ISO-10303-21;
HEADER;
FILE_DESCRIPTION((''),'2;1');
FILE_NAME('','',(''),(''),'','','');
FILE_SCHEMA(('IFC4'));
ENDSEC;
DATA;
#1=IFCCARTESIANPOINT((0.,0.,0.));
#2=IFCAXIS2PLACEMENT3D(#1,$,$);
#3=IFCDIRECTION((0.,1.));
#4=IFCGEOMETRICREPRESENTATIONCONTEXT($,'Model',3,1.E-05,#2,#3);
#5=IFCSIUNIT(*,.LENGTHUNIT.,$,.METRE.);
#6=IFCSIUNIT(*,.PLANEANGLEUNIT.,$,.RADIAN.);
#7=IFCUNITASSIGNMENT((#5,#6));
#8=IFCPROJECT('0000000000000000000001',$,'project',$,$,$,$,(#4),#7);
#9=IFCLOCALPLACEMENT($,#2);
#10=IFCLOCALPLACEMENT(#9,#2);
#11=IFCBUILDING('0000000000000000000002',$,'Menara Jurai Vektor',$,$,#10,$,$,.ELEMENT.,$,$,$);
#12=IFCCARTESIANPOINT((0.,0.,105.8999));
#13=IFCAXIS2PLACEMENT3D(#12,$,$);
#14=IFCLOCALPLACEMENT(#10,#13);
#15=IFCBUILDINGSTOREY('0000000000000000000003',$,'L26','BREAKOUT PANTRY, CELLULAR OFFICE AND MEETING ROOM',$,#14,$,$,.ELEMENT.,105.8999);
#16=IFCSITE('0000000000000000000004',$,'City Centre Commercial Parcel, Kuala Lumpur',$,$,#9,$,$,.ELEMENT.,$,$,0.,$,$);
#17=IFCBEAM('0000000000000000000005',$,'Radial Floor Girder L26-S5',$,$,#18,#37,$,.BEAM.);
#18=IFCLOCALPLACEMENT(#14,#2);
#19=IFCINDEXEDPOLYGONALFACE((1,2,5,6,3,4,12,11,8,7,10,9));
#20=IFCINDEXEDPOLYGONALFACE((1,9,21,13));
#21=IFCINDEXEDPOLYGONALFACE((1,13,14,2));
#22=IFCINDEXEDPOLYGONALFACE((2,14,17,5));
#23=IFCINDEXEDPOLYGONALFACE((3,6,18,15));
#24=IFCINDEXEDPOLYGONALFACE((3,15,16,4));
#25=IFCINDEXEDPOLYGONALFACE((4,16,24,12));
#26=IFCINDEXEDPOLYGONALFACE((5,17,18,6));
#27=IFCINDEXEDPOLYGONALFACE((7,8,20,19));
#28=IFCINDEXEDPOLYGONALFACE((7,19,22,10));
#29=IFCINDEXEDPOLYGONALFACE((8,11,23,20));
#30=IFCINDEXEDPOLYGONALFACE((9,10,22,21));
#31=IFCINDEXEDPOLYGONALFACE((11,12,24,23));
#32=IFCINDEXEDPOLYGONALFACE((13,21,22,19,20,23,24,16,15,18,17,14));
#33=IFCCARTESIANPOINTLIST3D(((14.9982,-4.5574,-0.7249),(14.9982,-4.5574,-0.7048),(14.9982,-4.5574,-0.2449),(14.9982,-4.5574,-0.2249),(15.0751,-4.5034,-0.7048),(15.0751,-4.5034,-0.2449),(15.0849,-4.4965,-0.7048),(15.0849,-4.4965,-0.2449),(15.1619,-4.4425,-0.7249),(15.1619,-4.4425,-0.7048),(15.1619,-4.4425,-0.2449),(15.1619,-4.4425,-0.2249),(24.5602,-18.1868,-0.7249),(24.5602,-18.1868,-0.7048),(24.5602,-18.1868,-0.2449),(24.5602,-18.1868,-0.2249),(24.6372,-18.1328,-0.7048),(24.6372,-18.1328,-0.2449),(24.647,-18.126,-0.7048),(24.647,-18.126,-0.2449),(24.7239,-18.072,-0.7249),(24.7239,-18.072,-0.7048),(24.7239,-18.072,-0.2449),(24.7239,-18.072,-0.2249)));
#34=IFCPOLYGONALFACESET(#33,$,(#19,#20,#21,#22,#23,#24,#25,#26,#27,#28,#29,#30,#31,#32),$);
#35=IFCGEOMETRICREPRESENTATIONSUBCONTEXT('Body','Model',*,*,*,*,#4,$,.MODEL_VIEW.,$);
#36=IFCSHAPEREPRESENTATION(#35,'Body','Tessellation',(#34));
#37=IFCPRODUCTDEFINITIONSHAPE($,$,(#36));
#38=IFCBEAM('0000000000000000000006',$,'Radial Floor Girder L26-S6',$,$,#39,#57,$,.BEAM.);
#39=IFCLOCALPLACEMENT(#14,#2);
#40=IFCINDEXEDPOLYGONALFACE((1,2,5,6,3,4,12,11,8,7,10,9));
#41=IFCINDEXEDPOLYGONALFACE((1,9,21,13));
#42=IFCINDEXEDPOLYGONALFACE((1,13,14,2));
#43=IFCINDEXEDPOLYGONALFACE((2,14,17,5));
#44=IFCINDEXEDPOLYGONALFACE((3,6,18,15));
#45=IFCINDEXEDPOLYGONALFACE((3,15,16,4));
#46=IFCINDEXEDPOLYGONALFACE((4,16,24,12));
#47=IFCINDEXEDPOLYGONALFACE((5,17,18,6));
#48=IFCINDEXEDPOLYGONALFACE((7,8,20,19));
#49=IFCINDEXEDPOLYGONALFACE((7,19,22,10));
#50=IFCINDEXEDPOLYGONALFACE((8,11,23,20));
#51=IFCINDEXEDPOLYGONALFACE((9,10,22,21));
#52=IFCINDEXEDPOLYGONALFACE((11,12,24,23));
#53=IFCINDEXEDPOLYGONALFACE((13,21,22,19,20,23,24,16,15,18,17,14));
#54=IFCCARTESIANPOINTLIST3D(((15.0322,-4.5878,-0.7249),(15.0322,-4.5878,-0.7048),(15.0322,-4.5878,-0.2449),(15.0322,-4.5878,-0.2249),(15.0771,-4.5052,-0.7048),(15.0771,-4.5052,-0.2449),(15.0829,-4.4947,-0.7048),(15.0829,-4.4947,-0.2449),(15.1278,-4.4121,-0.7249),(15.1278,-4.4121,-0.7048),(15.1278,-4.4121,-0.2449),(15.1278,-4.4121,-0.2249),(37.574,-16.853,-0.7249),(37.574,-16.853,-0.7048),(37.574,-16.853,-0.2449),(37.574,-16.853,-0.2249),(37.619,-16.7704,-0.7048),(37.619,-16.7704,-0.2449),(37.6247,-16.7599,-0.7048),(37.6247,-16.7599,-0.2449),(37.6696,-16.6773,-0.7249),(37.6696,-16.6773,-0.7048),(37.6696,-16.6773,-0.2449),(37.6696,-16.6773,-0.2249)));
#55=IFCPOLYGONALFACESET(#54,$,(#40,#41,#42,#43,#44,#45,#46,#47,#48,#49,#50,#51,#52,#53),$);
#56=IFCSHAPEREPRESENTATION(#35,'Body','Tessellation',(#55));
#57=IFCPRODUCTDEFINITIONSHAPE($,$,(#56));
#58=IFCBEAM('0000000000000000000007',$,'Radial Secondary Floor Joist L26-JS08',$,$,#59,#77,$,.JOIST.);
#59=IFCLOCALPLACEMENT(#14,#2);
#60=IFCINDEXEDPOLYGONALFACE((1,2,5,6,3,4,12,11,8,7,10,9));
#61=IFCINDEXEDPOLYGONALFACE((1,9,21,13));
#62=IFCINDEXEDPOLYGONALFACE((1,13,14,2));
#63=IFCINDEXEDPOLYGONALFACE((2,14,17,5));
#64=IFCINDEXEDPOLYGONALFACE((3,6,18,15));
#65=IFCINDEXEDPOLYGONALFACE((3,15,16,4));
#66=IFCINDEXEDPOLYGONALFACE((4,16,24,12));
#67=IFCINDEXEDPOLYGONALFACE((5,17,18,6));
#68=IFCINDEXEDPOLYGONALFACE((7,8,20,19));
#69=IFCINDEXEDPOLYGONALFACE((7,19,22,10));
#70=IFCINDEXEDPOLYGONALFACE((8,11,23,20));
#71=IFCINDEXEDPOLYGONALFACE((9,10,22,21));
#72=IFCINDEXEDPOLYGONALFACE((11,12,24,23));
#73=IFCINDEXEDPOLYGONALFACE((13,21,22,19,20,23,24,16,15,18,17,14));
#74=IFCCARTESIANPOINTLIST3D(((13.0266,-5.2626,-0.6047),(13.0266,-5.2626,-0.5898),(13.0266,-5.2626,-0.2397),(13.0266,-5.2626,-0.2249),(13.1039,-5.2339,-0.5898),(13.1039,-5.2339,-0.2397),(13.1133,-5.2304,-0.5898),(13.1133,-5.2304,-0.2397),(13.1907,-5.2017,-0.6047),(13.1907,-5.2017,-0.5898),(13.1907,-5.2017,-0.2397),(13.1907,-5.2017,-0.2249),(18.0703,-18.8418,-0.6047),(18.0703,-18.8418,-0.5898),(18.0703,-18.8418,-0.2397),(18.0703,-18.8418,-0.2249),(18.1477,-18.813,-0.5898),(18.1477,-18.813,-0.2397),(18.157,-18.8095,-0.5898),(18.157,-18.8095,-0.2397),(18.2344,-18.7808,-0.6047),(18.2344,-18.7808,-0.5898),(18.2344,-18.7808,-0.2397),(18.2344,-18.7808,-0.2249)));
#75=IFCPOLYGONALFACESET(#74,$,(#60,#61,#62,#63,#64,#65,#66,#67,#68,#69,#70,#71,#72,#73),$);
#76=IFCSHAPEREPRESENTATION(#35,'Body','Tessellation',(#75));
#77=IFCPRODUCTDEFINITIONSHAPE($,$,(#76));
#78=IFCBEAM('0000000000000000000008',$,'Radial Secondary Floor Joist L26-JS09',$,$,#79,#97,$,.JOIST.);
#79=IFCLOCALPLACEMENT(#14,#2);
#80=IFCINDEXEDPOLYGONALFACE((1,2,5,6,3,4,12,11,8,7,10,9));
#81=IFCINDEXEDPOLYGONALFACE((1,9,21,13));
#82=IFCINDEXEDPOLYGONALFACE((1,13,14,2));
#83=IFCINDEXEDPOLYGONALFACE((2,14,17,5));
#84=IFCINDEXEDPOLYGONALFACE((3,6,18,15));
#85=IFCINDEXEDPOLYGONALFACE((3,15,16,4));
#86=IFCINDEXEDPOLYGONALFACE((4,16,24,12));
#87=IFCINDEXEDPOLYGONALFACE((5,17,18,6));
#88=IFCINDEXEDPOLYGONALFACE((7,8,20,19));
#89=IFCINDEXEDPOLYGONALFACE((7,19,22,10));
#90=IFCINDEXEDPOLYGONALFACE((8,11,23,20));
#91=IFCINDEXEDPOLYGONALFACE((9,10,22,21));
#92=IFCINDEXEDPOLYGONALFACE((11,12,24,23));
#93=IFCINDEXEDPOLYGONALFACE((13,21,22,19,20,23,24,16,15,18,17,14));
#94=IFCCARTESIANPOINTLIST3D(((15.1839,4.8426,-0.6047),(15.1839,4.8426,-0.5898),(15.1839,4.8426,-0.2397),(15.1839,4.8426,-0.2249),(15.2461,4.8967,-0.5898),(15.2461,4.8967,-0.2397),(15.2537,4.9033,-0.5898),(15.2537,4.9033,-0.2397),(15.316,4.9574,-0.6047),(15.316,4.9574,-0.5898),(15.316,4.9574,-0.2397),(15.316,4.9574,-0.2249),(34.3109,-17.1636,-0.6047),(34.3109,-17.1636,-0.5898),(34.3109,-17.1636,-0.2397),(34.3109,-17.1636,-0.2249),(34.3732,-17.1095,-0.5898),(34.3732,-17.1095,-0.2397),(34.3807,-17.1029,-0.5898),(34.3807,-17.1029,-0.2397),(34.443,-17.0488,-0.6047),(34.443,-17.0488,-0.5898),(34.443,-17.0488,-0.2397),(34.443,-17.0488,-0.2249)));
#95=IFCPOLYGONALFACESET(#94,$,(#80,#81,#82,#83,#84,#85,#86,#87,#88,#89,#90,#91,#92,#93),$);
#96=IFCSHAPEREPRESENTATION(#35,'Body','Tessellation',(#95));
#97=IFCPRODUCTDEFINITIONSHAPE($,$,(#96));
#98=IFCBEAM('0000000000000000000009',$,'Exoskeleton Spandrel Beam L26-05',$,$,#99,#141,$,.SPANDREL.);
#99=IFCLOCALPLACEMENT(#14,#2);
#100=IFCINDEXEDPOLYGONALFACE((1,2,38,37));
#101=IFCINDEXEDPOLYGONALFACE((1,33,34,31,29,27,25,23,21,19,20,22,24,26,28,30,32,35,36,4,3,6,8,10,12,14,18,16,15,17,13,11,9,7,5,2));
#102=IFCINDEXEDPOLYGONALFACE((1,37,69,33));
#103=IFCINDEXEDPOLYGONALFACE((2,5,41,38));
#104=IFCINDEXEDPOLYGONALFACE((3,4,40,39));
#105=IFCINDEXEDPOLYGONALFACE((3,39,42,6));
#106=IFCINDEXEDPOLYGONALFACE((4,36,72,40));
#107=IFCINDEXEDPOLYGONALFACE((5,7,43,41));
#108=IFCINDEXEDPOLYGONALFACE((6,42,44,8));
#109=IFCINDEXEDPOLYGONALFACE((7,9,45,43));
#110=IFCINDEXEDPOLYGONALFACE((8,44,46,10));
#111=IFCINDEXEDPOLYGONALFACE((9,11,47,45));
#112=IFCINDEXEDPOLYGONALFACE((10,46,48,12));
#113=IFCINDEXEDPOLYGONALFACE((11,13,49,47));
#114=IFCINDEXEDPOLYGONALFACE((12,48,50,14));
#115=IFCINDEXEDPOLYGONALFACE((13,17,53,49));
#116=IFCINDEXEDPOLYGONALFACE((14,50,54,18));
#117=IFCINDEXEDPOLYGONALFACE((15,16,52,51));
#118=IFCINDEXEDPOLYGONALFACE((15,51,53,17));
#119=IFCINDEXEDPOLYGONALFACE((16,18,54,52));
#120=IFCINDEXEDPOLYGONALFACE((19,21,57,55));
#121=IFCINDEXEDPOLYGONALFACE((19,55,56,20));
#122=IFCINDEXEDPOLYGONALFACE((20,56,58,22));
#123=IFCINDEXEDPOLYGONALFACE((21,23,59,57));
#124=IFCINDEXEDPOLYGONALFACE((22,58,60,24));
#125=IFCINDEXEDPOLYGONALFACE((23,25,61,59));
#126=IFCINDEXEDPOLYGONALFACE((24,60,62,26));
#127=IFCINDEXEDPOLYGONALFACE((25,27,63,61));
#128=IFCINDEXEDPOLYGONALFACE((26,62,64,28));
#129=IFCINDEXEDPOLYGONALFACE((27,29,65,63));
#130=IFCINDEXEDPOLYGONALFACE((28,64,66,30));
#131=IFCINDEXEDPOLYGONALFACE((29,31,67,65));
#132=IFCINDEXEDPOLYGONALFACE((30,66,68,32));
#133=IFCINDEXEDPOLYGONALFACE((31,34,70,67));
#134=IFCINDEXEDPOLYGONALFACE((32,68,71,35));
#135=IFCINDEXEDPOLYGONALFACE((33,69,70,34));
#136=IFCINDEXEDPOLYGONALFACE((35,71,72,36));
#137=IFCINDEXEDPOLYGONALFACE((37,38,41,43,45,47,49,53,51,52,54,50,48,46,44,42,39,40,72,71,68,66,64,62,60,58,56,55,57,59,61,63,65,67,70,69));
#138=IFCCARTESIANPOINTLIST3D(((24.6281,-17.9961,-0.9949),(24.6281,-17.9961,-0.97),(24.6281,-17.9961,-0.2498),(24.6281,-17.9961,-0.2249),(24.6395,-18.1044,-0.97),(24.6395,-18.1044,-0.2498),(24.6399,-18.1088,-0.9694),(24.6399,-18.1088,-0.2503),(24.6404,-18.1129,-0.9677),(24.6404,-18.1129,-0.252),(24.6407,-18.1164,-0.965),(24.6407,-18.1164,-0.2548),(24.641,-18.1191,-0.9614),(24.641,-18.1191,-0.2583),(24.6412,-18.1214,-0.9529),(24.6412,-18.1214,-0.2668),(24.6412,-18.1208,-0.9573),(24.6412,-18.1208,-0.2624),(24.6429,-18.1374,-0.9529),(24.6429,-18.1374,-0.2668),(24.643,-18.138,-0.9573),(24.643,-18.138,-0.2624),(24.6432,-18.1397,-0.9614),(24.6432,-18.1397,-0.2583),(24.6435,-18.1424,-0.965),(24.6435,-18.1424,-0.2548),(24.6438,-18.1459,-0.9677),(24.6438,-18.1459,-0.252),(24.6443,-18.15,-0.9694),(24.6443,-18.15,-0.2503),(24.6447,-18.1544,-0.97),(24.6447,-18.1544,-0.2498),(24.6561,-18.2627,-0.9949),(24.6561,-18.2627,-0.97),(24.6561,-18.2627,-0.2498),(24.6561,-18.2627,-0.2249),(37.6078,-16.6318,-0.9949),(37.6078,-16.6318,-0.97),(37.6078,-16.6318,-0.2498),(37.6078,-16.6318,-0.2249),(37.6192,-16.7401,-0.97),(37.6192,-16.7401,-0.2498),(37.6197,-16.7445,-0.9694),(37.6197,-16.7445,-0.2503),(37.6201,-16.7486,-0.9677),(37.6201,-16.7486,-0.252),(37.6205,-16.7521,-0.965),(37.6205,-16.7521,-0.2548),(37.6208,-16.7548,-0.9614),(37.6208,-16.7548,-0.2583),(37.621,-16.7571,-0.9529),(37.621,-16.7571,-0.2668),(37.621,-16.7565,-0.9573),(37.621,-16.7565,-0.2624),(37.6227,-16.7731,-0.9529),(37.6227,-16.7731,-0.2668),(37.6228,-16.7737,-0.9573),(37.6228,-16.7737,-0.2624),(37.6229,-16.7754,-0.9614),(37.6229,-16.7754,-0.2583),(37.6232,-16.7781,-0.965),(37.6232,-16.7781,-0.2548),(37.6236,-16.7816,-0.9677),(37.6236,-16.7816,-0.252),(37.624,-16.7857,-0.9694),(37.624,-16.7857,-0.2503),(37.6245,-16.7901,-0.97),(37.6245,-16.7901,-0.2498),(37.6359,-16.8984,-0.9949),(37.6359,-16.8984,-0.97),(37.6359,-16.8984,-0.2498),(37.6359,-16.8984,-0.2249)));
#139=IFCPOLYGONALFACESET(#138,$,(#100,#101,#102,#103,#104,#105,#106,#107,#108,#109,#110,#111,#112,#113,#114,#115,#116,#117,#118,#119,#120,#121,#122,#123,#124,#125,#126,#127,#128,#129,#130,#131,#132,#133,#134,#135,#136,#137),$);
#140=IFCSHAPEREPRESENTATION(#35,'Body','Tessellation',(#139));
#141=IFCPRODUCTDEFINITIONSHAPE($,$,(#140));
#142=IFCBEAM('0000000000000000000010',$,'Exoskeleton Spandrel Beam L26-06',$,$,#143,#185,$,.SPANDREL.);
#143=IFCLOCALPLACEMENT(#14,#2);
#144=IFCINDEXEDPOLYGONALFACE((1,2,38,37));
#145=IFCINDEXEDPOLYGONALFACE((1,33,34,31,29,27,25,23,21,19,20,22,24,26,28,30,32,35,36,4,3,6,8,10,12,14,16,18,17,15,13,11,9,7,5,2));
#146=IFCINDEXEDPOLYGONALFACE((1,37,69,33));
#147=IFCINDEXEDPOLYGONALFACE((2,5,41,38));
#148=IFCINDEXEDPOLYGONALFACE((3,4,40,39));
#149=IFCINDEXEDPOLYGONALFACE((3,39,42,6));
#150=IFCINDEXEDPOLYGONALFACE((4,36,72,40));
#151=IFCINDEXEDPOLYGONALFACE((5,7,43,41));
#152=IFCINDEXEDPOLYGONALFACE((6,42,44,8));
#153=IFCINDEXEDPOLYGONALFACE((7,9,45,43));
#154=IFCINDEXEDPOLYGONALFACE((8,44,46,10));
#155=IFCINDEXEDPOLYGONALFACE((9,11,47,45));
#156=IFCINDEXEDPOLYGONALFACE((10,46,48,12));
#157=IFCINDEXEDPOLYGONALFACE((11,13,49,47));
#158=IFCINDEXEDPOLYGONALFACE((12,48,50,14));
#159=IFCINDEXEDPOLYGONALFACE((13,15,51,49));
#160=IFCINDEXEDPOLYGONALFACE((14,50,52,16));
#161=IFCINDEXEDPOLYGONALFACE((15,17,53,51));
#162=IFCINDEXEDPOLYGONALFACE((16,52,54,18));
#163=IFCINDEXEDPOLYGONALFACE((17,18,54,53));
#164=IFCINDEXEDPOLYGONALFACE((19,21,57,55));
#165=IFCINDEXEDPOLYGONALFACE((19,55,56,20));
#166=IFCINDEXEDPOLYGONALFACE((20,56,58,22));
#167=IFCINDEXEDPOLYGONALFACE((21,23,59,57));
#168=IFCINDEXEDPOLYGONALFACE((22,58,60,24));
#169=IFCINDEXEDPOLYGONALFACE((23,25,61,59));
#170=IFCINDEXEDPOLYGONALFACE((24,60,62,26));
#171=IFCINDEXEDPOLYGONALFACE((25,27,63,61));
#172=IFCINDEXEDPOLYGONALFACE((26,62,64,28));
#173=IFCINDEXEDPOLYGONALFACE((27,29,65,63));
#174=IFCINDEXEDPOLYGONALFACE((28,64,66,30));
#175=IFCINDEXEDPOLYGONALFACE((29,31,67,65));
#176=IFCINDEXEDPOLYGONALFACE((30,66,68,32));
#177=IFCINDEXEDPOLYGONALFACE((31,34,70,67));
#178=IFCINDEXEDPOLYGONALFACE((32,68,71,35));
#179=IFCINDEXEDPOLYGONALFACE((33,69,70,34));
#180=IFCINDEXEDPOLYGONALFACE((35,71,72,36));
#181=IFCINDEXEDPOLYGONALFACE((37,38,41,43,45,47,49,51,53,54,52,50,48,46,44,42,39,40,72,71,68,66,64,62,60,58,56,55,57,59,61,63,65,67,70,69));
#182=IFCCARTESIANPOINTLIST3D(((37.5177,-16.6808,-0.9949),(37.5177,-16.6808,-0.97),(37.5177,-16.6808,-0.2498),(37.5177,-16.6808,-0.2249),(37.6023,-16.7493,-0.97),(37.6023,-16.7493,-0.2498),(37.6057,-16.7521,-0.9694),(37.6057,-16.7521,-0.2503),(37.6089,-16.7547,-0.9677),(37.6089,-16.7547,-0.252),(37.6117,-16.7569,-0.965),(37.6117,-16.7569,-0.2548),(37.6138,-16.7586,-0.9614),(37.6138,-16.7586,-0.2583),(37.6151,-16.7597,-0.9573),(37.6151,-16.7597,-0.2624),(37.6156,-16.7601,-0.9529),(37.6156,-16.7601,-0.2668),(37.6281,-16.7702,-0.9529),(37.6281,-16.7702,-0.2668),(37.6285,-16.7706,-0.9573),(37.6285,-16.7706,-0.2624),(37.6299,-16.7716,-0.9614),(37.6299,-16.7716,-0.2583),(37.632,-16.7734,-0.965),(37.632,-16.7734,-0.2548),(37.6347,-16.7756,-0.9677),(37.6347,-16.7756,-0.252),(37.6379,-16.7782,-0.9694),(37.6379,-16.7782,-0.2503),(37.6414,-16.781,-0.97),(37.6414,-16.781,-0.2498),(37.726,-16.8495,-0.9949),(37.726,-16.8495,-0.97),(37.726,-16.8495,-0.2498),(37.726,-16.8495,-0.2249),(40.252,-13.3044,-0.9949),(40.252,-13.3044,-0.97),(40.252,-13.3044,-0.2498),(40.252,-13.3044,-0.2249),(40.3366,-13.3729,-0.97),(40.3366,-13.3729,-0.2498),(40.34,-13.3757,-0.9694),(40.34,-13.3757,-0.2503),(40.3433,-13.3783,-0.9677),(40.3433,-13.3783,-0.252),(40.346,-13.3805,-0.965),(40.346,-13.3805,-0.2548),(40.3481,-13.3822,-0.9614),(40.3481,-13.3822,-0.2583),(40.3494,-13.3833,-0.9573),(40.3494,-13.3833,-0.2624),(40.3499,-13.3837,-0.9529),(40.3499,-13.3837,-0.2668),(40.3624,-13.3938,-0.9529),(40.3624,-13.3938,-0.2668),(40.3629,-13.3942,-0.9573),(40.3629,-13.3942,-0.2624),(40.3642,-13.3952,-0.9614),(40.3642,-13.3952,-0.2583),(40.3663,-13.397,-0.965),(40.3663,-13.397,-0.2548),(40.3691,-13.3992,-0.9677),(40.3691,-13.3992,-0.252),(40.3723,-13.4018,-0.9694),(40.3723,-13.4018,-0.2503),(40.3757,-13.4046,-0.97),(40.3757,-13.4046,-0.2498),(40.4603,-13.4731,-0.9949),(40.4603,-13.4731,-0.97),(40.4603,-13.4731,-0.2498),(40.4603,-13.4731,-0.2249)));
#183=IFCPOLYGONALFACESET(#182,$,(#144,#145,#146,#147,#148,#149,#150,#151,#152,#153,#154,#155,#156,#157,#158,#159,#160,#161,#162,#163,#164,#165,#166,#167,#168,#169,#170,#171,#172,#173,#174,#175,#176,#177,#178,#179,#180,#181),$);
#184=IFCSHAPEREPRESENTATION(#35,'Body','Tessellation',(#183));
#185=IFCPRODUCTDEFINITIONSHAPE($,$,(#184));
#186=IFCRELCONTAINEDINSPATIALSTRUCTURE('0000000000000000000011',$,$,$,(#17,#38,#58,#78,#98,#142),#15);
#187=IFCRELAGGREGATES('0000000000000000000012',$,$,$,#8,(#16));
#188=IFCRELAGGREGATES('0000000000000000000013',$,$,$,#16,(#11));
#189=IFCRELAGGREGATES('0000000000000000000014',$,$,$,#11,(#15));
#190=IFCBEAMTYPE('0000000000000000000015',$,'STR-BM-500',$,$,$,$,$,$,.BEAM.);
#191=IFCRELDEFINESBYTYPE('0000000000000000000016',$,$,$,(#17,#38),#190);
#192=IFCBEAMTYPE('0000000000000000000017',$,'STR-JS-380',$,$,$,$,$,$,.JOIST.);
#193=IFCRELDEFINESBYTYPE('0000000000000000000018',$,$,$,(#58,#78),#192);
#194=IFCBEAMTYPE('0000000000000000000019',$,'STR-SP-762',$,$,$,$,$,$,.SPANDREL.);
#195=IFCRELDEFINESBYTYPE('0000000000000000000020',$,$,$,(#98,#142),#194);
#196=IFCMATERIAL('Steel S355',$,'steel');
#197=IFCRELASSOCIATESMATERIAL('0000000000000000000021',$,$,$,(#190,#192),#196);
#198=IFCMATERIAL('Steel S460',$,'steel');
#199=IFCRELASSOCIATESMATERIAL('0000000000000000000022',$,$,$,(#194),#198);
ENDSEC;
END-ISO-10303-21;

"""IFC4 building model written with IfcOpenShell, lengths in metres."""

from ifc_helpers import new_model, si_unit, direction, frame, origin, origin_2d, place, context, subcontext, project, spatial, i_section, extrude, material, material_profile, profile_set, type_object, element, save


model = new_model("IFC4")

# Units and contexts
model_context = context("Model", 3, precision=1e-05, world=origin(), true_north=direction((0.0, 1.0)))
body_context = subcontext(model_context, "Body", "Model", "MODEL_VIEW")
ifc_project = project(units=[si_unit("LENGTHUNIT", "METRE"), si_unit("PLANEANGLEUNIT", "RADIAN")], contexts=[model_context])

# Site, building, storey
site_placement = place(None, origin())
site = spatial("IfcSite", under=ifc_project, at=site_placement, Name="City Centre Commercial Parcel, Kuala Lumpur", CompositionType="ELEMENT", RefElevation=0.0)
building_placement = place(site_placement, origin())
building = spatial("IfcBuilding", under=site, at=building_placement, Name="Menara Jurai Vektor", CompositionType="ELEMENT")
storey_placement = place(building_placement, frame((0.0, 0.0, 105.8999)))
storey = spatial("IfcBuildingStorey", under=building, at=storey_placement, Name="L26", Description="BREAKOUT PANTRY, CELLULAR OFFICE AND MEETING ROOM", CompositionType="ELEMENT", Elevation=105.8999)

# Shared definitions
ifc_material_1 = material(Name="Steel S460", Category="steel")

# Beams
ifc_material_2 = material(Name="Steel S355", Category="steel")
ifc_material_profile_1 = material_profile(ifc_material_2, i_section(OverallWidth=0.2, OverallDepth=0.5, WebThickness=0.012, FlangeThickness=0.02, at=origin_2d()), Name="PG 500x200x96")
ifc_profile_set_1 = profile_set([ifc_material_profile_1], Name="Steel S355")
beam_type_1 = type_object("IfcBeamType", Name="STR-BM-500", PredefinedType="BEAM", material=ifc_profile_set_1)
beam_1_placement = place(storey_placement, frame((24.6421, -18.1294, -0.4749), z_axis=(-0.574326, 0.818627, 0.0), x_axis=(-0.818627, -0.574326, 0.0)))
element("IfcBeam", 1, at=beam_1_placement, inside=storey, type_object=beam_type_1, Name="Radial Floor Girder L26-S5", PredefinedType="BEAM", context=body_context, shape_type="SweptSolid", body=[
    extrude(i_section(OverallWidth=0.2, OverallDepth=0.5, WebThickness=0.012, FlangeThickness=0.02, at=origin_2d()), origin(), (0.0, 0.0, 1.0), 16.6492),
])
beam_2_placement = place(storey_placement, frame((37.6218, -16.7651, -0.4749), z_axis=(-0.878392, 0.47794, 0.0), x_axis=(-0.47794, -0.878392, 0.0)))
element("IfcBeam", 2, at=beam_2_placement, inside=storey, type_object=beam_type_1, Name="Radial Floor Girder L26-S6", PredefinedType="BEAM", context=body_context, shape_type="SweptSolid", body=[
    extrude(i_section(OverallWidth=0.2, OverallDepth=0.5, WebThickness=0.012, FlangeThickness=0.02, at=origin_2d()), origin(), (0.0, 0.0, 1.0), 25.6626),
])
ifc_material_profile_2 = material_profile(ifc_material_2, i_section(OverallWidth=0.175, OverallDepth=0.3799, WebThickness=0.01, FlangeThickness=0.0149, at=origin_2d()), Name="PG 380x175x58")
ifc_profile_set_2 = profile_set([ifc_material_profile_2], Name="Steel S355")
beam_type_2 = type_object("IfcBeamType", Name="STR-JS-380", PredefinedType="JOIST", material=ifc_profile_set_2)
beam_3_placement = place(storey_placement, frame((18.1523, -18.8113, -0.4148), z_axis=(-0.348189, 0.937424, 0.0), x_axis=(-0.937424, -0.348189, 0.0)))
element("IfcBeam", 3, at=beam_3_placement, inside=storey, type_object=beam_type_2, Name="Radial Secondary Floor Joist L26-JS08", PredefinedType="JOIST", context=body_context, shape_type="SweptSolid", body=[
    extrude(i_section(OverallWidth=0.175, OverallDepth=0.3799, WebThickness=0.01, FlangeThickness=0.0149, at=origin_2d()), origin(), (0.0, 0.0, 1.0), 14.4856),
])
beam_4_placement = place(storey_placement, frame((34.377, -17.1062, -0.4148), z_axis=(-0.656007, 0.754755, 0.0), x_axis=(-0.754755, -0.656007, 0.0)))
element("IfcBeam", 4, at=beam_4_placement, inside=storey, type_object=beam_type_2, Name="Radial Secondary Floor Joist L26-JS09", PredefinedType="JOIST", context=body_context, shape_type="SweptSolid", body=[
    extrude(i_section(OverallWidth=0.175, OverallDepth=0.3799, WebThickness=0.01, FlangeThickness=0.0149, at=origin_2d()), origin(), (0.0, 0.0, 1.0), 29.1567),
])
ifc_material_profile_3 = material_profile(ifc_material_1, i_section(OverallWidth=0.2681, OverallDepth=0.77, WebThickness=0.0161, FlangeThickness=0.0249, FilletRadius=0.0171, at=origin_2d()), Name="UKB 762x267x197")
ifc_profile_set_3 = profile_set([ifc_material_profile_3], Name="Steel S460")
beam_type_3 = type_object("IfcBeamType", Name="STR-SP-762", PredefinedType="SPANDREL", material=ifc_profile_set_3)
beam_5_placement = place(storey_placement, frame((24.6421, -18.1294, -0.6099), z_axis=(0.994522, 0.104531, 0.0), x_axis=(-0.104531, 0.994522, 0.0)))
element("IfcBeam", 5, at=beam_5_placement, inside=storey, type_object=beam_type_3, Name="Exoskeleton Spandrel Beam L26-05", PredefinedType="SPANDREL", context=body_context, shape_type="SweptSolid", body=[
    extrude(i_section(OverallWidth=0.2681, OverallDepth=0.77, WebThickness=0.0161, FlangeThickness=0.0249, FilletRadius=0.0171, at=origin_2d()), origin(), (0.0, 0.0, 1.0), 13.0513),
])
beam_6_placement = place(storey_placement, frame((37.6218, -16.7651, -0.6099), z_axis=(0.629344, 0.777127, 0.0), x_axis=(-0.777127, 0.629344, 0.0)))
element("IfcBeam", 6, at=beam_6_placement, inside=storey, type_object=beam_type_3, Name="Exoskeleton Spandrel Beam L26-06", PredefinedType="SPANDREL", context=body_context, shape_type="SweptSolid", body=[
    extrude(i_section(OverallWidth=0.2681, OverallDepth=0.77, WebThickness=0.0161, FlangeThickness=0.0249, FilletRadius=0.0171, at=origin_2d()), origin(), (0.0, 0.0, 1.0), 4.3447),
])

save(model, "model.ifc")
